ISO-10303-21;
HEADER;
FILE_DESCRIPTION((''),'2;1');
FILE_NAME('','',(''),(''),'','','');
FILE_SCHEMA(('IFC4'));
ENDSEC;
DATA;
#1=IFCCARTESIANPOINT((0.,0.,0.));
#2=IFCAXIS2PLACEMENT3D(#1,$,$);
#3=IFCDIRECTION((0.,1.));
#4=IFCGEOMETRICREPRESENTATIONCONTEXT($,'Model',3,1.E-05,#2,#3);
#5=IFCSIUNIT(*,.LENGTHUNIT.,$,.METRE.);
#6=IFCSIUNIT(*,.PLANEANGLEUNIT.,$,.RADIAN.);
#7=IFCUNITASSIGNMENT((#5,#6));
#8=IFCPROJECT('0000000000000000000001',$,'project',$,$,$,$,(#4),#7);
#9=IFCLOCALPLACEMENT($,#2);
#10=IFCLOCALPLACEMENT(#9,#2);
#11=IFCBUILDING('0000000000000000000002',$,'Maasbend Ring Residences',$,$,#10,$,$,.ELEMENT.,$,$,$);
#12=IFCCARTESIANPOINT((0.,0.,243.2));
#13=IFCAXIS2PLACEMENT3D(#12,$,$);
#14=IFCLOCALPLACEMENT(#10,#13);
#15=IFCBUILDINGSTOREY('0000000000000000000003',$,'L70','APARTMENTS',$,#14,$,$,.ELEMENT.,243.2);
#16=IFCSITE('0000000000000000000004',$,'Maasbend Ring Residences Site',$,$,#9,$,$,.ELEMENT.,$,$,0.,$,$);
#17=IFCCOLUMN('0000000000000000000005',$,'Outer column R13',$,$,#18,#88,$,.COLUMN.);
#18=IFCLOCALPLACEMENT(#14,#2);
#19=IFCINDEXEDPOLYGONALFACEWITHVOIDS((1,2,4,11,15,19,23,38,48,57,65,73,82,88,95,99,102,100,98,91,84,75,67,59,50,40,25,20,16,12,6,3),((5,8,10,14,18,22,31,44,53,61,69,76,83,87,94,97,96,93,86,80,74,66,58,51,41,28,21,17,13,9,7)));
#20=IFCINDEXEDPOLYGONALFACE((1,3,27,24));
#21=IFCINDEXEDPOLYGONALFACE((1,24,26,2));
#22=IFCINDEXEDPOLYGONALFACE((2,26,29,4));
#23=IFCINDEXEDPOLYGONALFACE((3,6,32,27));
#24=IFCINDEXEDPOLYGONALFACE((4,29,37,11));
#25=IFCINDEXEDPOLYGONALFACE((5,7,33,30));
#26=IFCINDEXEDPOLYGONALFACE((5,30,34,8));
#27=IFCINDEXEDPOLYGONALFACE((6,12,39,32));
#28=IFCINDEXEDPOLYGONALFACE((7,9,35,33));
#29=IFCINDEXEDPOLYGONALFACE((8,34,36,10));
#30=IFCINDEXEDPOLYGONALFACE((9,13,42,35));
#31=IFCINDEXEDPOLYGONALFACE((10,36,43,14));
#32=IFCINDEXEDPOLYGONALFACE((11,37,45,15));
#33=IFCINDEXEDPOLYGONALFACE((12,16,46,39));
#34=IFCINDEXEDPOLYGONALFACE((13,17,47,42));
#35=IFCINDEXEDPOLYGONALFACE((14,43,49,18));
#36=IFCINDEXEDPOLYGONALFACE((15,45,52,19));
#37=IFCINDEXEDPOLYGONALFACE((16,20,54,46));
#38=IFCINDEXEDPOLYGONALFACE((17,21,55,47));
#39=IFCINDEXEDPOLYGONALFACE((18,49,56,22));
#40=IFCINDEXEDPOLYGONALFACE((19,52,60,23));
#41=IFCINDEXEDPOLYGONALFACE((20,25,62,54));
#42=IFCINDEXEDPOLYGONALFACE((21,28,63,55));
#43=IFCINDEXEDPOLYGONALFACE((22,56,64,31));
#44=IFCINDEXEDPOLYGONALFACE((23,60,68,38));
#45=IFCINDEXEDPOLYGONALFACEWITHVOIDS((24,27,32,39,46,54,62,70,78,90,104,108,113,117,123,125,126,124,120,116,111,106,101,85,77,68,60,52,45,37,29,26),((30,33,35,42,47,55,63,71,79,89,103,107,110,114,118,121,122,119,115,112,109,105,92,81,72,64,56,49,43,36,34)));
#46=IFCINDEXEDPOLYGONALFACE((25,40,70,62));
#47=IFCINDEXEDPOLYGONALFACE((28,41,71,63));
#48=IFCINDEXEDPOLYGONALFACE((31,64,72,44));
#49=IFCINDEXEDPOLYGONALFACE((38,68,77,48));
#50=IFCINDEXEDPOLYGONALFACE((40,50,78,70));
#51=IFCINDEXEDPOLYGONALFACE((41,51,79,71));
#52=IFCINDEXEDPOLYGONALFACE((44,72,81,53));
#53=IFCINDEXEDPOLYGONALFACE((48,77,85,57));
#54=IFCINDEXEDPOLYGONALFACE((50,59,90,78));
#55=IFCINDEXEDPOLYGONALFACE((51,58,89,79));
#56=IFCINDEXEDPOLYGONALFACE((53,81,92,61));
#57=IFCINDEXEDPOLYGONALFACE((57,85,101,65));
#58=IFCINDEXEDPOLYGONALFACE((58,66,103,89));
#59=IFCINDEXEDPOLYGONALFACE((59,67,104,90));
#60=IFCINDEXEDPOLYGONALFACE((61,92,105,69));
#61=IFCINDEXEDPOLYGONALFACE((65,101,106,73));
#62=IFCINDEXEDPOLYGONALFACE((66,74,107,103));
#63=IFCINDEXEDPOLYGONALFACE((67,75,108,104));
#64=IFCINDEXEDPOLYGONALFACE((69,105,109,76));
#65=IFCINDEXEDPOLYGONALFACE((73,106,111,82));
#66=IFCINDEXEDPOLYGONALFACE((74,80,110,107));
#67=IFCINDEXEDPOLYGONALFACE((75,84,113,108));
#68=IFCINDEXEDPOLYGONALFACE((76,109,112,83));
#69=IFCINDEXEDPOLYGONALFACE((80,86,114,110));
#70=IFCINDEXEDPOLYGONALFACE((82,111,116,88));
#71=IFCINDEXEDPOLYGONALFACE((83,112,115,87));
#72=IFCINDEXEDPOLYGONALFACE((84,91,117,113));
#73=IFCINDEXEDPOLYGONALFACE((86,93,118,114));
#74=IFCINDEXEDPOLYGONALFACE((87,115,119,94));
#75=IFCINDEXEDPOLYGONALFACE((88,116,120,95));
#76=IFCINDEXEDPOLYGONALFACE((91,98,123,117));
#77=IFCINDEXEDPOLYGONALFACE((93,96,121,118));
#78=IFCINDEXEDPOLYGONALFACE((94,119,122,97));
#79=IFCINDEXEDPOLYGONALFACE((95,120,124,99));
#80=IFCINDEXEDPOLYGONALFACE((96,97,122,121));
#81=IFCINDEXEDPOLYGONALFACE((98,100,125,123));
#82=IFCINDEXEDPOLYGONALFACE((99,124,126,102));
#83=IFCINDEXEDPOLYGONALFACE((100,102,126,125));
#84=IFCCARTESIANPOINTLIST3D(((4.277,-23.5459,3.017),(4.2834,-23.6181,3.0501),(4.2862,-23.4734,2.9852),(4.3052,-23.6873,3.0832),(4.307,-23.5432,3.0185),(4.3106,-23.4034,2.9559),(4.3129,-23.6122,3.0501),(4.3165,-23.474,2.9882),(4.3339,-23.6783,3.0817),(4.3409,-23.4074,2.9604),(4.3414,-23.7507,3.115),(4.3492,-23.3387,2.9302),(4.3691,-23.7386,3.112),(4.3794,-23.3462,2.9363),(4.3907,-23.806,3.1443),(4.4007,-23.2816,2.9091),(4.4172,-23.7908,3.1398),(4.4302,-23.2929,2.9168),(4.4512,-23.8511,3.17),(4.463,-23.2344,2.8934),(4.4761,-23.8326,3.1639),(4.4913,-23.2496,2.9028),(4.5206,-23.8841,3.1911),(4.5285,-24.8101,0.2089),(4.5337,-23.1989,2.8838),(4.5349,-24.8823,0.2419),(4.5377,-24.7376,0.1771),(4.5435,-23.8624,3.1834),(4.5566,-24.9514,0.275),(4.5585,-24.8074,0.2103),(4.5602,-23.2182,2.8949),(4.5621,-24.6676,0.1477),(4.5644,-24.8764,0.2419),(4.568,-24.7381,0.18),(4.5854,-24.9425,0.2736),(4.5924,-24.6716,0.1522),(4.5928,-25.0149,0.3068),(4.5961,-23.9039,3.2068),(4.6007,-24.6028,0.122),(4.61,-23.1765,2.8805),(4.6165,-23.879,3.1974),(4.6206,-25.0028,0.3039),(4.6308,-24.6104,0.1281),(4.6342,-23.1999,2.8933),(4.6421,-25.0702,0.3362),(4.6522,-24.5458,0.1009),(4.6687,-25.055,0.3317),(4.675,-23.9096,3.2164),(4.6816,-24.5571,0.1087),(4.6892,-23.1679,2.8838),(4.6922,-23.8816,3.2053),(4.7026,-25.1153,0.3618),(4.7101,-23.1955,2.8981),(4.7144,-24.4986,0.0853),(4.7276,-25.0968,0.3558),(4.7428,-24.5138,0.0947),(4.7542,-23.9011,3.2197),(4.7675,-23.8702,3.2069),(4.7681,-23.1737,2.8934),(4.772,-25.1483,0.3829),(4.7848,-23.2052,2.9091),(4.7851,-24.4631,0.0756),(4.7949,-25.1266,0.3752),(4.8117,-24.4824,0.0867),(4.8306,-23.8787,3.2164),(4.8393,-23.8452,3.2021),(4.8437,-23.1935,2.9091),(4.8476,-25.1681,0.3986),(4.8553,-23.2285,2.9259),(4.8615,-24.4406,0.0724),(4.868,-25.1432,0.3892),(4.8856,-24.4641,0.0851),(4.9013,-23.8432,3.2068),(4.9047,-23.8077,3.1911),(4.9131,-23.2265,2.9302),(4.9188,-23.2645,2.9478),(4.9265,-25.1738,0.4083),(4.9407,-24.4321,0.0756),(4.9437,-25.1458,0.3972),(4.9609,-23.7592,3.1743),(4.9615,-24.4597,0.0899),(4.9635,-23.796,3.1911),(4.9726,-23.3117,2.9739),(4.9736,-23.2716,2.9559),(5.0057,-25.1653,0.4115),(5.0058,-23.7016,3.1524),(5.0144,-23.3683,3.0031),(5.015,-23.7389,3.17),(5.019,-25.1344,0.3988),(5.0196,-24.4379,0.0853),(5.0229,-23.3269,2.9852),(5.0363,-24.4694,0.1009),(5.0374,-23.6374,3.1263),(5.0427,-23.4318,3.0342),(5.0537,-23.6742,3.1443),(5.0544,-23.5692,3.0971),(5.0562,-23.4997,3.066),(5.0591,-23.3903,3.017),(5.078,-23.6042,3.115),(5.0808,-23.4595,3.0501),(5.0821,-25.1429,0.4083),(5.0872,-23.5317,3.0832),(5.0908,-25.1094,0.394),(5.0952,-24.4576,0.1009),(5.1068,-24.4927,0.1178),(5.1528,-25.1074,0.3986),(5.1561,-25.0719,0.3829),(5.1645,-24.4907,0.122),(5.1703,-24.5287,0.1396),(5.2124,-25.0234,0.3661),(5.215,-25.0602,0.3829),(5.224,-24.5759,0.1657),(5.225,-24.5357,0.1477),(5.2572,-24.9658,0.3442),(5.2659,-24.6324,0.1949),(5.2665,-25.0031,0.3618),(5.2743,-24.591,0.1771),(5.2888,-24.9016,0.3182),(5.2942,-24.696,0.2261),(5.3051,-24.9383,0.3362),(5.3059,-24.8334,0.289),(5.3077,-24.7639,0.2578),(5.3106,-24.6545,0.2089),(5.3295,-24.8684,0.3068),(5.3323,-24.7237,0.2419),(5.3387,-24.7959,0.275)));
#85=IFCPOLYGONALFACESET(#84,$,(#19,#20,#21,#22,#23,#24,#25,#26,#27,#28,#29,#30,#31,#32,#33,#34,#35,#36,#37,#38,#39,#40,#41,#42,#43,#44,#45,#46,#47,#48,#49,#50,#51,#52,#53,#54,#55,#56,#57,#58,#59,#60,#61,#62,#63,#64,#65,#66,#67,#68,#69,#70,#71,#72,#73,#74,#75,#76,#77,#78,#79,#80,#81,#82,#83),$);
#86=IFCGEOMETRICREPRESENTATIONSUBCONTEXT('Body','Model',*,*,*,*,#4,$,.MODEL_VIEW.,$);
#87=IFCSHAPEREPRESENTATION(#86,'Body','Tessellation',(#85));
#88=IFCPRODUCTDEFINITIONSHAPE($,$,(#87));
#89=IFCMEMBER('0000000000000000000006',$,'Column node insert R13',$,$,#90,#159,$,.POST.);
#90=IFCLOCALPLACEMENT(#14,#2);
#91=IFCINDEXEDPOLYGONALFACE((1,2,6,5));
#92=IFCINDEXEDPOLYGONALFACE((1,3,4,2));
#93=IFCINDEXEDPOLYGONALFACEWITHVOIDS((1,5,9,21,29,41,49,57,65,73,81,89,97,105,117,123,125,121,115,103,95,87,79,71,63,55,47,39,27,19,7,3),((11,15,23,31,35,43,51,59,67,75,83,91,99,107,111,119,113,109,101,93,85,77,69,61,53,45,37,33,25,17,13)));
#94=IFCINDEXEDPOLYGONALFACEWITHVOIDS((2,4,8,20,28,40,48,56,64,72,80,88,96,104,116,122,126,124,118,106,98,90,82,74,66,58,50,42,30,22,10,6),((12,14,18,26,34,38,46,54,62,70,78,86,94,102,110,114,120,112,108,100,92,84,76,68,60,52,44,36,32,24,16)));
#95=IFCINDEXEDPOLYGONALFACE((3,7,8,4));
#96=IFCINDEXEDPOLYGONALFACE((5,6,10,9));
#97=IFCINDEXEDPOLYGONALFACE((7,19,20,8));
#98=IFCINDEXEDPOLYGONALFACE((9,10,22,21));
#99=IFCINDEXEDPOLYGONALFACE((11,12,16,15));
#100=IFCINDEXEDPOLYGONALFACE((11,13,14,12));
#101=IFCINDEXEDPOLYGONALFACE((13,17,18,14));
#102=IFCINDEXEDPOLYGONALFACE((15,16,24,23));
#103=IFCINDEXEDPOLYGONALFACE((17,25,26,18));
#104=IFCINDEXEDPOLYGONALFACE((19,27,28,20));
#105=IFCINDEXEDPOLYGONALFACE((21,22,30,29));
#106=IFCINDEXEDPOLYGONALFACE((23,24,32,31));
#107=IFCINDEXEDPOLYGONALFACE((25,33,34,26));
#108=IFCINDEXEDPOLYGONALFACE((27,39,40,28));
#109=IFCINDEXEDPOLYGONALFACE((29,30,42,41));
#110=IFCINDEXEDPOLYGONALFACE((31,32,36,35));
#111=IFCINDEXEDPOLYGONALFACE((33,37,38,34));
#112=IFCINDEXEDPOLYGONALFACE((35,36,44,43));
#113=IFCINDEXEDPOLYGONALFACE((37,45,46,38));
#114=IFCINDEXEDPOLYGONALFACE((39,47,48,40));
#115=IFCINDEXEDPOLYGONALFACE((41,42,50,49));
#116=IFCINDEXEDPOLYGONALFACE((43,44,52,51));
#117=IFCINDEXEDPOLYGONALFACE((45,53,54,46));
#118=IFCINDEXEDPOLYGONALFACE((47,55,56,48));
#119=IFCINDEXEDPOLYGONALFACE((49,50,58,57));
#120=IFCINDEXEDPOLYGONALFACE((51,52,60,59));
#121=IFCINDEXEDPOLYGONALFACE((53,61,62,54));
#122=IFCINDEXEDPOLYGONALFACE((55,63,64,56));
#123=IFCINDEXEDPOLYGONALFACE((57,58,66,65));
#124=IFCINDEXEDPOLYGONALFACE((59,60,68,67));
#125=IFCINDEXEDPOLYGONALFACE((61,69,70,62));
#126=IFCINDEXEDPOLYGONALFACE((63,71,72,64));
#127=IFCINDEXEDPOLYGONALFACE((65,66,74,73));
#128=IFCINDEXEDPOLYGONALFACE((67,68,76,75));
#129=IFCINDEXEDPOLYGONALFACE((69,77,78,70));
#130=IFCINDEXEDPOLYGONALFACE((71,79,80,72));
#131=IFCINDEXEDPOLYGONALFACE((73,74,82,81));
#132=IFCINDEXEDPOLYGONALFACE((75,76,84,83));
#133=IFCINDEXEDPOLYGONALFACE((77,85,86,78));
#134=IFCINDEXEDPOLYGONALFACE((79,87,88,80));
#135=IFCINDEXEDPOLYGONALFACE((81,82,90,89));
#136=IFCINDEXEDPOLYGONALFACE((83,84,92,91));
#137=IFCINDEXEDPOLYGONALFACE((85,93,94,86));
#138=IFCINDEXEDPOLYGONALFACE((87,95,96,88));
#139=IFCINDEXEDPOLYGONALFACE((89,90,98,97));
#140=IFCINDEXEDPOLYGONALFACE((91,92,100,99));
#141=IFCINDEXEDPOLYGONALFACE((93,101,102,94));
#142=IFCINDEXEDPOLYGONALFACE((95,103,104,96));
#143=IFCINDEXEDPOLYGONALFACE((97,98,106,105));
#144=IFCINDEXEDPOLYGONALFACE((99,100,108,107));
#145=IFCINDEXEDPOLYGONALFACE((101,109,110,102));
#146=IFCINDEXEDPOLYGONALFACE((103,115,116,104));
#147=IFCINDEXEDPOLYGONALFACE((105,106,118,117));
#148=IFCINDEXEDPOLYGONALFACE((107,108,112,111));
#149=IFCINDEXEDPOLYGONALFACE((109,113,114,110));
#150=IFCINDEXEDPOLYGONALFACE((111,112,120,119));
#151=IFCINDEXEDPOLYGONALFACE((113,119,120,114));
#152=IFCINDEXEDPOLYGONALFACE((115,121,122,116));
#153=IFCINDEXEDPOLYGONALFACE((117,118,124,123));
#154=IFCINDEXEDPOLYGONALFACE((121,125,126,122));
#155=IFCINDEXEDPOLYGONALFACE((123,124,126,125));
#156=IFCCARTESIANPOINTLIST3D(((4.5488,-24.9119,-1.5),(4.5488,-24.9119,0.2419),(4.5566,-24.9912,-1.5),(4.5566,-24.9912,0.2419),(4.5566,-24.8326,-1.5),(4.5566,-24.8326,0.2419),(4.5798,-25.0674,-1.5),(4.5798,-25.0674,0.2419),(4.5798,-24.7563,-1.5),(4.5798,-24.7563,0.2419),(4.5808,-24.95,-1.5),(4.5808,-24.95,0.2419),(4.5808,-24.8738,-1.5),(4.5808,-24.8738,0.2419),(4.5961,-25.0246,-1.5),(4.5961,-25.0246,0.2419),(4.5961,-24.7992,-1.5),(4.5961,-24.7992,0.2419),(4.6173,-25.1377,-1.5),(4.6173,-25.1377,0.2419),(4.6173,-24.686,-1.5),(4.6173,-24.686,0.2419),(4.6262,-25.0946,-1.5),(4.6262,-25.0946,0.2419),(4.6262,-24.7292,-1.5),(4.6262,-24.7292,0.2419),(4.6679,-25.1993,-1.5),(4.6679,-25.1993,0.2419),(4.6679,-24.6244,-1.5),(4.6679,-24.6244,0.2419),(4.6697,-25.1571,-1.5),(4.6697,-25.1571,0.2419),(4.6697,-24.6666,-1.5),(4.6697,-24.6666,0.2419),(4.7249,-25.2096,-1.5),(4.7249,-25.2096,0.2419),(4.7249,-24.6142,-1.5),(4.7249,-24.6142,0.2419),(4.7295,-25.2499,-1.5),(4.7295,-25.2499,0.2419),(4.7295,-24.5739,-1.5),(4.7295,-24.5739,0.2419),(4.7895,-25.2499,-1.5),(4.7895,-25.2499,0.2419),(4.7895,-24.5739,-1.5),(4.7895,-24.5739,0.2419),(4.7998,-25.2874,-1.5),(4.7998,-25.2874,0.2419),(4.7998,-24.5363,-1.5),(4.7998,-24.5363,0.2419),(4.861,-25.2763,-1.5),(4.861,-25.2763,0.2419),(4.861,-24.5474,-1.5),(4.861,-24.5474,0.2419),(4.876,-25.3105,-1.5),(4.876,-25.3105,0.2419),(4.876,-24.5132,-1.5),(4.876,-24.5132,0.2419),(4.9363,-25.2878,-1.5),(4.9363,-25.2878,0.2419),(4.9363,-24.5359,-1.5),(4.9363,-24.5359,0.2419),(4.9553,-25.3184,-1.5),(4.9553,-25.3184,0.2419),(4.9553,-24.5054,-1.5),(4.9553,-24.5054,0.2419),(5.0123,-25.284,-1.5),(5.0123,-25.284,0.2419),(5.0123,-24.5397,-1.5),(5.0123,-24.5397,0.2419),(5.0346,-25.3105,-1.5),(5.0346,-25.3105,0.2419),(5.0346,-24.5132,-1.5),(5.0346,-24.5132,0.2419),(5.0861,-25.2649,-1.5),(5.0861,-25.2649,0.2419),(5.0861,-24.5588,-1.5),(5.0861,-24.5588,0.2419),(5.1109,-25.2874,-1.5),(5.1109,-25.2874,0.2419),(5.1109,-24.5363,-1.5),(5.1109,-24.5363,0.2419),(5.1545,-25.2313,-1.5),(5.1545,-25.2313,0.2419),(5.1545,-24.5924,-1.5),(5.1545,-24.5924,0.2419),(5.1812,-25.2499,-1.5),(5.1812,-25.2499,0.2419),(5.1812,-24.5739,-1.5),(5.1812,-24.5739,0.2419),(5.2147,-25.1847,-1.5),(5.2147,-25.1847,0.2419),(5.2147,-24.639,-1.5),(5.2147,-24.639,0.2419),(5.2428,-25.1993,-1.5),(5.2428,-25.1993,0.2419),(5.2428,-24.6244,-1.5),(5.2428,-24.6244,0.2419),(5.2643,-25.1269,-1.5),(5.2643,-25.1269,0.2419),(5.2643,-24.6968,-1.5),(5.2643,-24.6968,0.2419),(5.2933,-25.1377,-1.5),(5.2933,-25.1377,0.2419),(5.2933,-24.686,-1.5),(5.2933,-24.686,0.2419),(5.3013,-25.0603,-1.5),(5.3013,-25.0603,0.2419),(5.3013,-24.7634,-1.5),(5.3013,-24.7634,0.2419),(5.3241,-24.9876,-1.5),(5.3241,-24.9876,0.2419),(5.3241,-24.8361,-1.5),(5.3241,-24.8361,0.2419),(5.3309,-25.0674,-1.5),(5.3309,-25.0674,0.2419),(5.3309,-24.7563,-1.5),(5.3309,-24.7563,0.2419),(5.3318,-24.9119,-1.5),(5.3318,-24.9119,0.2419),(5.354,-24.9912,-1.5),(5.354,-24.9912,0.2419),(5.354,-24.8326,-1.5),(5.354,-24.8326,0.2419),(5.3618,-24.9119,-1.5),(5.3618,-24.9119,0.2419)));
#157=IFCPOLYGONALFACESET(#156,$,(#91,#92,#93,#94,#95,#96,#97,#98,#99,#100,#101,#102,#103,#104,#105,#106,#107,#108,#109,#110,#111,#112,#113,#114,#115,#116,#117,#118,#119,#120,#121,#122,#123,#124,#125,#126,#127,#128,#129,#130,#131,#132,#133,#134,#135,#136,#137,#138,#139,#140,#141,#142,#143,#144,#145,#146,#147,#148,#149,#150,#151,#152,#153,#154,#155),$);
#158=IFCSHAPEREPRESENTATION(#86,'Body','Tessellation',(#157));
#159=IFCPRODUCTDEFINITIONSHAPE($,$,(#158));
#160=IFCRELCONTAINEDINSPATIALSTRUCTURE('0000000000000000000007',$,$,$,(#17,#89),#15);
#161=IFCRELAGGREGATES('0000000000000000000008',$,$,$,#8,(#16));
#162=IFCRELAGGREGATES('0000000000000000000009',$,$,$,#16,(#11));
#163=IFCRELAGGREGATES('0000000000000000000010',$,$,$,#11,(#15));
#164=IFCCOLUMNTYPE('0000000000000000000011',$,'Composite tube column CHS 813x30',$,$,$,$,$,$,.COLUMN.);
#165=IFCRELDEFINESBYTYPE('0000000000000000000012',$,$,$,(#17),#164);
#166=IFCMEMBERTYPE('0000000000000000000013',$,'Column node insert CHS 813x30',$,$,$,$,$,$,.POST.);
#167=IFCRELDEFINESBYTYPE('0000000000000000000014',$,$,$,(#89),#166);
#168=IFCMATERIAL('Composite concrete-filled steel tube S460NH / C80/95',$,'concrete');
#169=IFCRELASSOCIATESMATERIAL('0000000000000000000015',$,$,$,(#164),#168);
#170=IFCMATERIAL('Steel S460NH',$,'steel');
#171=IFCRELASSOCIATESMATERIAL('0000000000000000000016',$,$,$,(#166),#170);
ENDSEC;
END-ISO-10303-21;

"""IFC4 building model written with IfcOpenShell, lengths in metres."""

from ifc_helpers import new_model, si_unit, direction, frame, origin, origin_2d, place, context, subcontext, project, spatial, hollow_circle, extrude, material, material_profile, profile_set, type_object, element, save


model = new_model("IFC4")

# Units and contexts
model_context = context("Model", 3, precision=1e-05, world=origin(), true_north=direction((0.0, 1.0)))
body_context = subcontext(model_context, "Body", "Model", "MODEL_VIEW")
ifc_project = project(units=[si_unit("LENGTHUNIT", "METRE"), si_unit("PLANEANGLEUNIT", "RADIAN")], contexts=[model_context])

# Site, building, storey
site_placement = place(None, origin())
site = spatial("IfcSite", under=ifc_project, at=site_placement, Name="Maasbend Ring Residences Site", CompositionType="ELEMENT", RefElevation=0.0)
building_placement = place(site_placement, origin())
building = spatial("IfcBuilding", under=site, at=building_placement, Name="Maasbend Ring Residences", CompositionType="ELEMENT")
storey_placement = place(building_placement, frame((0.0, 0.0, 243.2)))
storey = spatial("IfcBuildingStorey", under=building, at=storey_placement, Name="L70", Description="APARTMENTS", CompositionType="ELEMENT", Elevation=243.2)

# Column
ifc_material_1 = material(Name="Composite concrete-filled steel tube S460NH / C80/95", Category="concrete")
ifc_material_profile_1 = material_profile(ifc_material_1, hollow_circle(Radius=0.4065, WallThickness=0.03, at=origin_2d()), Name="Composite tube column CHS 813x30")
ifc_profile_set_1 = profile_set([ifc_material_profile_1], Name="Composite concrete-filled steel tube S460NH / C80/95")
column_type = type_object("IfcColumnType", Name="Composite tube column CHS 813x30", PredefinedType="COLUMN", material=ifc_profile_set_1)
column_placement = place(storey_placement, frame((4.9336, -24.803, 0.2419), z_axis=(-0.081386, 0.409141, 0.908834), x_axis=(-0.980784, -0.195096, 0.0)))
element("IfcColumn", 1, at=column_placement, inside=storey, type_object=column_type, Name="Outer column R13", PredefinedType="COLUMN", context=body_context, shape_type="SweptSolid", body=[
    extrude(hollow_circle(Radius=0.4065, WallThickness=0.03, at=origin_2d()), origin(), (0.0, 0.0, 1.0), 3.0898),
])

# Member
ifc_material_2 = material(Name="Steel S460NH", Category="steel")
ifc_material_profile_2 = material_profile(ifc_material_2, hollow_circle(Radius=0.4065, WallThickness=0.03, at=origin_2d()), Name="Column node insert CHS 813x30")
ifc_profile_set_2 = profile_set([ifc_material_profile_2], Name="Steel S460NH")
member_type = type_object("IfcMemberType", Name="Column node insert CHS 813x30", PredefinedType="POST", material=ifc_profile_set_2)
member_placement = place(storey_placement, frame((4.9553, -24.9119, -1.5), z_axis=(0.0, 0.0, 1.0), x_axis=(1.0, 0.0, 0.0)))
element("IfcMember", 2, at=member_placement, inside=storey, type_object=member_type, Name="Column node insert R13", PredefinedType="POST", context=body_context, shape_type="SweptSolid", body=[
    extrude(hollow_circle(Radius=0.4065, WallThickness=0.03, at=origin_2d()), origin(), (0.0, 0.0, 1.0), 1.7419),
])

save(model, "model.ifc")
